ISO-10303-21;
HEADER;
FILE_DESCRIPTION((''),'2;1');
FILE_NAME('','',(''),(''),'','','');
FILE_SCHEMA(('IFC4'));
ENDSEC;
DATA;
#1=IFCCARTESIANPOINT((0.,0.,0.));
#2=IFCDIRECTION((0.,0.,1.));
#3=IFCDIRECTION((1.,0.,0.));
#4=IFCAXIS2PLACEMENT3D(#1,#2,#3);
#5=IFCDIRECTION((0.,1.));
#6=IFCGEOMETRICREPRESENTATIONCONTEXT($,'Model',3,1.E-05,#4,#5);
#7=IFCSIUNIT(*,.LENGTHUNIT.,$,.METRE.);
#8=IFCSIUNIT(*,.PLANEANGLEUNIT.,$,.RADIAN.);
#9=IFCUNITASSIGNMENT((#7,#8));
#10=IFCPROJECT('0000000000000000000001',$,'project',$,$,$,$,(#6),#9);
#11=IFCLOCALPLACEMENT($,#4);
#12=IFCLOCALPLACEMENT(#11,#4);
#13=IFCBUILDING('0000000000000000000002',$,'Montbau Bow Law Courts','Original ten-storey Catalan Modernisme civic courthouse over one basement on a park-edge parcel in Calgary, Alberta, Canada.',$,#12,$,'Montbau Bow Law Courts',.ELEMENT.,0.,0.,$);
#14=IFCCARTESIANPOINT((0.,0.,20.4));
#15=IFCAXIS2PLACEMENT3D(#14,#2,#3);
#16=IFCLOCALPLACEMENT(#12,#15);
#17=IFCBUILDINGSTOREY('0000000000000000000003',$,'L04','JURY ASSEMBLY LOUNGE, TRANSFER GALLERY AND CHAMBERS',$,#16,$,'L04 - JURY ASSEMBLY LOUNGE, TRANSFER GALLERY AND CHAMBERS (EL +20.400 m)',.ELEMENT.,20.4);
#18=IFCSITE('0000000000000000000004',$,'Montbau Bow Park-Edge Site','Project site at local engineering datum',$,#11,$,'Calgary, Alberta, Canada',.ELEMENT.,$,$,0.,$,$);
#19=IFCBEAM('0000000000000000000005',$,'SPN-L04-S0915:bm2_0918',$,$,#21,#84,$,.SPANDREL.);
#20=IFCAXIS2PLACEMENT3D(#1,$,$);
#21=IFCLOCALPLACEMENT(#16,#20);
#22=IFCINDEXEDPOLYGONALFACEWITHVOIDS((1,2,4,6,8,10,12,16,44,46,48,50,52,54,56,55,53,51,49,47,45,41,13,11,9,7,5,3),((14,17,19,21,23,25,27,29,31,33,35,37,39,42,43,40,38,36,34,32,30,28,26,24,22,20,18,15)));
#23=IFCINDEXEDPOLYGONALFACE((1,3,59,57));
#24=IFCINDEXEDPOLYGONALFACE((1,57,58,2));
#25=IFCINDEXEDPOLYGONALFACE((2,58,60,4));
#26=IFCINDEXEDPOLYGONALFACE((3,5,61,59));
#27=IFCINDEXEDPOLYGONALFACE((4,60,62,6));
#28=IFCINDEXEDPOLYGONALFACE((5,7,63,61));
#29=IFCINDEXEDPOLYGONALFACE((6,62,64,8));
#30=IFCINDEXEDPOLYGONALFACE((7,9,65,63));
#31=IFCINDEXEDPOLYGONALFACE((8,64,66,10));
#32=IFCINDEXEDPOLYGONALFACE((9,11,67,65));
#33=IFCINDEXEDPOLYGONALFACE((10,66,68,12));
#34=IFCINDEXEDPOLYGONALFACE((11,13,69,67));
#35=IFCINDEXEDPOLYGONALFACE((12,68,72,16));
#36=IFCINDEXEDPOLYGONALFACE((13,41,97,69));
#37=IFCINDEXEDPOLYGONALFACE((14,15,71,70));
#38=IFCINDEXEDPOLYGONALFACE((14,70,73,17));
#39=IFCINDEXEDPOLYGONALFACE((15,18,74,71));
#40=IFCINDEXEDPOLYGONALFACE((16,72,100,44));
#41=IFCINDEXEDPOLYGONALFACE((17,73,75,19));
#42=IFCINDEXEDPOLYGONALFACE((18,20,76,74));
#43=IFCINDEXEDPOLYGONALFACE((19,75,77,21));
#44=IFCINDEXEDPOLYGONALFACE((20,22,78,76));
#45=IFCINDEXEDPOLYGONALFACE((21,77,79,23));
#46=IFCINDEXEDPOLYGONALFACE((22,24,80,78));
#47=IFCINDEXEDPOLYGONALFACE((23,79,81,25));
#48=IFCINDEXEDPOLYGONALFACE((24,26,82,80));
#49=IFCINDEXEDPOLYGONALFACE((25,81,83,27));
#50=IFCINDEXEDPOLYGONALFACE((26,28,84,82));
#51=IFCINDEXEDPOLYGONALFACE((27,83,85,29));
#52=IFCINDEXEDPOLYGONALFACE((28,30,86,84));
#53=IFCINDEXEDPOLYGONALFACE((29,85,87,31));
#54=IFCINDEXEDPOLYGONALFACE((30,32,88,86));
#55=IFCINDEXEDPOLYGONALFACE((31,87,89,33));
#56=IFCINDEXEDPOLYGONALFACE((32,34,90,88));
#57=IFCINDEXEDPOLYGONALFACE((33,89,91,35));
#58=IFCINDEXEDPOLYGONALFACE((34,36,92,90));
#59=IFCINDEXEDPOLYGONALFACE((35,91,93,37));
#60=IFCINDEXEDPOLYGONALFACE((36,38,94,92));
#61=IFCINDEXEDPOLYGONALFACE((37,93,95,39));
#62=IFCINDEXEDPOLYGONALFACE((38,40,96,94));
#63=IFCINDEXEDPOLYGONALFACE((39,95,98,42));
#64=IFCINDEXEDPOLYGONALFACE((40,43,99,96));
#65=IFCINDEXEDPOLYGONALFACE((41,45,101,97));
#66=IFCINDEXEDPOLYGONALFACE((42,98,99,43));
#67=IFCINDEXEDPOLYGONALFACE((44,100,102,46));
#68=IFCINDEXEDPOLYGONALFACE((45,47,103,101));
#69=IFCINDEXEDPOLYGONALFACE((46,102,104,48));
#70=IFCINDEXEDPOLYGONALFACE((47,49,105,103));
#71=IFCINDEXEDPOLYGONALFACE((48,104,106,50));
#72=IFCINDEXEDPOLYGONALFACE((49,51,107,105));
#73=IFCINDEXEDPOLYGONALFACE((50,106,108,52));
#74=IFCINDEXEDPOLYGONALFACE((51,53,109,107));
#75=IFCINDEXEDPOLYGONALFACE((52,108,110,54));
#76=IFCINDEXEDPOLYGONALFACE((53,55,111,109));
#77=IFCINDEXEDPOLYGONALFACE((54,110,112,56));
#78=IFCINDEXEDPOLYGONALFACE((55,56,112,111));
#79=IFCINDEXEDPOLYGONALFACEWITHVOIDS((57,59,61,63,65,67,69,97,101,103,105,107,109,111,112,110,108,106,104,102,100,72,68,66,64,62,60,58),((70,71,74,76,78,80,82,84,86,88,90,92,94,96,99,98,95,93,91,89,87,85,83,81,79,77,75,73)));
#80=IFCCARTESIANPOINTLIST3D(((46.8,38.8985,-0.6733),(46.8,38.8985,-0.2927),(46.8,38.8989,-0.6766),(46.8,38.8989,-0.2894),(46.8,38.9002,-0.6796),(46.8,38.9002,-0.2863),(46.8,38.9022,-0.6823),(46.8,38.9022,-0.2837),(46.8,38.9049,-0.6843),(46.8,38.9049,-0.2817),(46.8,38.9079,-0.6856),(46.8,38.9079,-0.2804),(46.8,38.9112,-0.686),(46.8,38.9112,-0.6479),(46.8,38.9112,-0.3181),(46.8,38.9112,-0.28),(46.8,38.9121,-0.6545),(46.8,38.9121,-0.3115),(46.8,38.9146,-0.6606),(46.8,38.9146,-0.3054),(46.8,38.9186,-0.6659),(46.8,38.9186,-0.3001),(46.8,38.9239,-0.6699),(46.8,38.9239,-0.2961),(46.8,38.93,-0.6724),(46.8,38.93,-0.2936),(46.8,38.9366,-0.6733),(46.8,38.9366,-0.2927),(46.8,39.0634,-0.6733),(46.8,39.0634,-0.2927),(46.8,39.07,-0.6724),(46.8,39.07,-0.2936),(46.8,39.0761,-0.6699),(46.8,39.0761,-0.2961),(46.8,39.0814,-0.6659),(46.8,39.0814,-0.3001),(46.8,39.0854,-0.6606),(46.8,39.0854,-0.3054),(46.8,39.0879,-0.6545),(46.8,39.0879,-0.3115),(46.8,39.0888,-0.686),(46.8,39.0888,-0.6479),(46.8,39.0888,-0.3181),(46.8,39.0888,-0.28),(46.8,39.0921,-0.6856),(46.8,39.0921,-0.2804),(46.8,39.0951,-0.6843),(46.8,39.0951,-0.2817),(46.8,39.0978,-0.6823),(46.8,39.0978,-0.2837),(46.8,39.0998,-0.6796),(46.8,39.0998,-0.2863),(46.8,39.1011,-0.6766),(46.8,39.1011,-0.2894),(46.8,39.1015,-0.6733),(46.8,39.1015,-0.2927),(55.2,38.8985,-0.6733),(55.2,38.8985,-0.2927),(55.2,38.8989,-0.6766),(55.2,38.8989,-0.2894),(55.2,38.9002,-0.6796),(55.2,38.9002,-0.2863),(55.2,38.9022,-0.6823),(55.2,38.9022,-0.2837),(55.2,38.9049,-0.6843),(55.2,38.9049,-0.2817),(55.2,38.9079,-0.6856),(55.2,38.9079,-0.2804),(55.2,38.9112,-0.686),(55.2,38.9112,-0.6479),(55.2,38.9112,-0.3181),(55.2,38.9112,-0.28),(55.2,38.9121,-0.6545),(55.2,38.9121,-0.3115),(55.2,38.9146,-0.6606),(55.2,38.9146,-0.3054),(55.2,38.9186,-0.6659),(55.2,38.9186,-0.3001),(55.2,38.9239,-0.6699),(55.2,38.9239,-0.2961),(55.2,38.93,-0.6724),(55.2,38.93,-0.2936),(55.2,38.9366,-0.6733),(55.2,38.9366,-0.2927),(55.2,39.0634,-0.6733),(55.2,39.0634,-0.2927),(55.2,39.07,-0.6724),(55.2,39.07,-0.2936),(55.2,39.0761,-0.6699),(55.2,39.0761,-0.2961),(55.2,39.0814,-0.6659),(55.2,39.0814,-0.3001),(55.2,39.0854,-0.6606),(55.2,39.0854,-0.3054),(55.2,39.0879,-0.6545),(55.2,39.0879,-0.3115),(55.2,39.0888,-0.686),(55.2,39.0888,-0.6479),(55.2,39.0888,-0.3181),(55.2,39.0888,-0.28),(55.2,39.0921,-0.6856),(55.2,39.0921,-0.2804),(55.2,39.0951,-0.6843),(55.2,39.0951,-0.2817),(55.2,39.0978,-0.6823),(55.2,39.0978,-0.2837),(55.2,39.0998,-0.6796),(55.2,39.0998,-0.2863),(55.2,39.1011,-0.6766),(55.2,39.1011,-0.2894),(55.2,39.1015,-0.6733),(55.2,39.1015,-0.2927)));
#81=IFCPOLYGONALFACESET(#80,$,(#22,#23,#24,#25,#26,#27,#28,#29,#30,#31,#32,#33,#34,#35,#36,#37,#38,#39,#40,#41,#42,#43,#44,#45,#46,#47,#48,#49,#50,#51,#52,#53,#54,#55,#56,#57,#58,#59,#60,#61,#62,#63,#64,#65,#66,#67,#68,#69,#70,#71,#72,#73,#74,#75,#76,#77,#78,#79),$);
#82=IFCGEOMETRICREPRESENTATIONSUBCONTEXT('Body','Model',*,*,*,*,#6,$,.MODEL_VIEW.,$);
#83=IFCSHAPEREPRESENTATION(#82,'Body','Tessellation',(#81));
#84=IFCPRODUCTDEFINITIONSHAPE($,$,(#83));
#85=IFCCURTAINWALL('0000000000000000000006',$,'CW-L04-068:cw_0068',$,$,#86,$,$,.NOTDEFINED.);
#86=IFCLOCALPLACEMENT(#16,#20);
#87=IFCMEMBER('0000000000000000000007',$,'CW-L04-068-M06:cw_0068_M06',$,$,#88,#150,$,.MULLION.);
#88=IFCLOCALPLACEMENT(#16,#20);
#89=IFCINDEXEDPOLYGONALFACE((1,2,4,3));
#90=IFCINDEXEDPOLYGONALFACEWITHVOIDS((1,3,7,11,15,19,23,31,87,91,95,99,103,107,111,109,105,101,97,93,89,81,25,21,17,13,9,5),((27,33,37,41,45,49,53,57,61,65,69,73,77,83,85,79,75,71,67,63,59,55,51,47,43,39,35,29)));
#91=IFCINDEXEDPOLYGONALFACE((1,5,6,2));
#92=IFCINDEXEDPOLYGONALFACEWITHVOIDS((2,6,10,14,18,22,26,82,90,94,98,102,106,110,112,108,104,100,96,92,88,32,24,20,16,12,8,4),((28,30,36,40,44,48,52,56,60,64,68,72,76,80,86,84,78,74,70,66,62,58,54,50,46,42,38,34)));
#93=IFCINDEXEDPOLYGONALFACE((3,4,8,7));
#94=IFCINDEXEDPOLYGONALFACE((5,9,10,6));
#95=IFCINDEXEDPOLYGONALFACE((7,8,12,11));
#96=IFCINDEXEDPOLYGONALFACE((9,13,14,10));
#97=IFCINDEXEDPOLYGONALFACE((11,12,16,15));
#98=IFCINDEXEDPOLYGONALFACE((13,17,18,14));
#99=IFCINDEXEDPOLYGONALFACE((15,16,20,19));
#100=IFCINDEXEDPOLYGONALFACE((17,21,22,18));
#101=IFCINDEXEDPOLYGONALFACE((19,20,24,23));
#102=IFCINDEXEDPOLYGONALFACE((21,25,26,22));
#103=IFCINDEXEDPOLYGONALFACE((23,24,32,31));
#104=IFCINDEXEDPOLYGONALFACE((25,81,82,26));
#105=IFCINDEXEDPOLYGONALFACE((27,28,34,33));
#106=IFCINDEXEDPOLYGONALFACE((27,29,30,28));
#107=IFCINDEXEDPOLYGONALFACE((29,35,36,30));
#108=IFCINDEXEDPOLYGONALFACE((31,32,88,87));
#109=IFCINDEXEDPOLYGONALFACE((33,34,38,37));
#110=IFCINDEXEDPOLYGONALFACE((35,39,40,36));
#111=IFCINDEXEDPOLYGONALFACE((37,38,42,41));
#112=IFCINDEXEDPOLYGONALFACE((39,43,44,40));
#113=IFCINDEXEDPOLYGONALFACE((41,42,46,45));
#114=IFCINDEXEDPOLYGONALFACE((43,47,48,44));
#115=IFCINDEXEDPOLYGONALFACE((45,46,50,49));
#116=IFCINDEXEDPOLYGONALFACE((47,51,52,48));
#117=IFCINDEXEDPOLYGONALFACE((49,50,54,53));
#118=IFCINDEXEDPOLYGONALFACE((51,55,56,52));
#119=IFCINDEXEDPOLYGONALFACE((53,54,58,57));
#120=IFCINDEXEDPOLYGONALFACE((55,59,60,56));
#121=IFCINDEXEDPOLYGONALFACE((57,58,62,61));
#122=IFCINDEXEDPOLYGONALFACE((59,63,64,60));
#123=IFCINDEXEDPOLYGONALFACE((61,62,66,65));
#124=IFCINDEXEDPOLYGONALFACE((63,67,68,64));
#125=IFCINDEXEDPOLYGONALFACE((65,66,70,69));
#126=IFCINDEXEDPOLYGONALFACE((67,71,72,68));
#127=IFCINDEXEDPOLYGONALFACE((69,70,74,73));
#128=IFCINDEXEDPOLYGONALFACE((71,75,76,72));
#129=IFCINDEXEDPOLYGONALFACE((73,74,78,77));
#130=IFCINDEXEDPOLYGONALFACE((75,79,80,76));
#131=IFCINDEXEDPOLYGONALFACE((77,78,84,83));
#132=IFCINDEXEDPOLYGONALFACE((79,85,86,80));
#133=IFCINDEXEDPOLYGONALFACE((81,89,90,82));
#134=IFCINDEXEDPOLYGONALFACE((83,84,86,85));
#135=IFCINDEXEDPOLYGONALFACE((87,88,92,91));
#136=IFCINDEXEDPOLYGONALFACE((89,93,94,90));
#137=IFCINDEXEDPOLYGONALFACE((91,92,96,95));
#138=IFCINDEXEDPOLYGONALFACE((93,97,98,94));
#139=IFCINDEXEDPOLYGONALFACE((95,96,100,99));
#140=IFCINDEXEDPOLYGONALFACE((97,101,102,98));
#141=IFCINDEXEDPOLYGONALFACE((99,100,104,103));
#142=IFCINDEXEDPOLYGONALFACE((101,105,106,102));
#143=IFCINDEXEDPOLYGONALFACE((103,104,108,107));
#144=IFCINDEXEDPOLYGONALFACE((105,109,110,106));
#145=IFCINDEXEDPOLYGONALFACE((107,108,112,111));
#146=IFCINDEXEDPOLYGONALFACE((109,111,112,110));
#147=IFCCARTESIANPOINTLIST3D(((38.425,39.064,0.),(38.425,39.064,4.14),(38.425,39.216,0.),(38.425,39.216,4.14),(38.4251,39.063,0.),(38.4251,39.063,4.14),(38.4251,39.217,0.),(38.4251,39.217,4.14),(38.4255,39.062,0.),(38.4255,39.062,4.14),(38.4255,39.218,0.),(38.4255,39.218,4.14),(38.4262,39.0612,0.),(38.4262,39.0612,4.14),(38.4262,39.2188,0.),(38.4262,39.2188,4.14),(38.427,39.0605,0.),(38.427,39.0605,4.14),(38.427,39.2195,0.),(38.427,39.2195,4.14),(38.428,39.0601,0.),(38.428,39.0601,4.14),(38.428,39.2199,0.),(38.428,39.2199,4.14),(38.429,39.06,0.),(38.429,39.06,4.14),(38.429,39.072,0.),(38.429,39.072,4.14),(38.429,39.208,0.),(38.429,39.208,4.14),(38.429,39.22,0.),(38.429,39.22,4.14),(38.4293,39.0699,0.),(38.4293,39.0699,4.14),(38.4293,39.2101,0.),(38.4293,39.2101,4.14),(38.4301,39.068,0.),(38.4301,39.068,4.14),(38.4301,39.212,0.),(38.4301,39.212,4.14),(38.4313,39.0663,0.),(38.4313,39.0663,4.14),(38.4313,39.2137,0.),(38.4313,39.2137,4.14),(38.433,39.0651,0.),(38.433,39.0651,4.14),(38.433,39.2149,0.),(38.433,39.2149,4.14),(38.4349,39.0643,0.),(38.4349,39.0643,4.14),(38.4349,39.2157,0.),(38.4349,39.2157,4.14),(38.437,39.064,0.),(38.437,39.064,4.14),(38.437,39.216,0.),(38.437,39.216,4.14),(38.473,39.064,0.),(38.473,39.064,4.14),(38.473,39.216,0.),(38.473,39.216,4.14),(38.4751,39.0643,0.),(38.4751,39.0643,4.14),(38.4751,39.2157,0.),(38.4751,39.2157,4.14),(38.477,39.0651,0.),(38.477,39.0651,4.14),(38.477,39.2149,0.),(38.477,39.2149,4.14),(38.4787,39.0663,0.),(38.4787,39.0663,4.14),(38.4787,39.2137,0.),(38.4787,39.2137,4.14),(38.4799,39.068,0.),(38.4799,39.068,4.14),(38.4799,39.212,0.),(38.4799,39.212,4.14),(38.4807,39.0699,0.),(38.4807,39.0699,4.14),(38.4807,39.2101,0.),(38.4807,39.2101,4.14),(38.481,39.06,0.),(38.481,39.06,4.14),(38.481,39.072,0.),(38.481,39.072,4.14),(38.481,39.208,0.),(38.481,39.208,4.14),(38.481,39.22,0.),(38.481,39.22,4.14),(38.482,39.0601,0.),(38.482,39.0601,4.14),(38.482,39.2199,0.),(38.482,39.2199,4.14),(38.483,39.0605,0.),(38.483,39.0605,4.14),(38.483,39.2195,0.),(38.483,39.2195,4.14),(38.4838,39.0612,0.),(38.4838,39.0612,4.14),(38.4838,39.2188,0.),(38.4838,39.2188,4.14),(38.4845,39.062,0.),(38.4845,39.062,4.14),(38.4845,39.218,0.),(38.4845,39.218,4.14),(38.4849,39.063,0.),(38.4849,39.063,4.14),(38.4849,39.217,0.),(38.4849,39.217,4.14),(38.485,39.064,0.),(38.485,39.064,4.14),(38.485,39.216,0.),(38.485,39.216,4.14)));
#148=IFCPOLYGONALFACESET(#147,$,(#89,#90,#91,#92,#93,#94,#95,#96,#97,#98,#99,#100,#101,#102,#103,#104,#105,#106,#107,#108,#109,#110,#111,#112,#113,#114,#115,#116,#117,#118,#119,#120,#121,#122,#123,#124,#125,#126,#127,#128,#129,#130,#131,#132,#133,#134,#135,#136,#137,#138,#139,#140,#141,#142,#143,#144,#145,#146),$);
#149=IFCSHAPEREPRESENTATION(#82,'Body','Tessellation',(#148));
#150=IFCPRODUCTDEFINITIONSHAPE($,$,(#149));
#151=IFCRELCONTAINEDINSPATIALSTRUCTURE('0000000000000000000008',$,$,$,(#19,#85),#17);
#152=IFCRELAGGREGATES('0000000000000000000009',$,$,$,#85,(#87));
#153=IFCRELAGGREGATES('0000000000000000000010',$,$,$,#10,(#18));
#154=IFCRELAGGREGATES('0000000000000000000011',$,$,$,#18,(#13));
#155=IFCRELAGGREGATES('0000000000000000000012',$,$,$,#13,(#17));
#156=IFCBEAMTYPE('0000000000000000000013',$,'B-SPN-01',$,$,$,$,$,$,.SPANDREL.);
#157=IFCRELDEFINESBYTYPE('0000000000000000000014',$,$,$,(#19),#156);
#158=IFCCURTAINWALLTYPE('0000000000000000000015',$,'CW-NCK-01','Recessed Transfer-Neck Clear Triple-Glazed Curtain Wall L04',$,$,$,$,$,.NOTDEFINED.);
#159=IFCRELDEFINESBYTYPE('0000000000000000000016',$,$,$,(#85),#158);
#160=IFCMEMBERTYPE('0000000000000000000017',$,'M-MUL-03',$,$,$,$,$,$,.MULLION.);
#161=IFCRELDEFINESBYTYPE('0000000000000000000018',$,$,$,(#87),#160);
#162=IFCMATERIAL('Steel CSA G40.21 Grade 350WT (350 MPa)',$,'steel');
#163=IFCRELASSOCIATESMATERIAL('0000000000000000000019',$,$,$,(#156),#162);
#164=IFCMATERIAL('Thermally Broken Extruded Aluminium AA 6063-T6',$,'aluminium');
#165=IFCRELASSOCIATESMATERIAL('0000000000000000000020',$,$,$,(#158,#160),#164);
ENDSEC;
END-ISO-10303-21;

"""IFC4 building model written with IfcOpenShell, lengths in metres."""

from ifc_helpers import new_model, si_unit, direction, frame, origin_with_axes, origin_2d_with_axis, place, context, subcontext, project, spatial, hollow_rectangle, extrude, material, material_profile, profile_set, type_object, element, aggregate, save


model = new_model("IFC4")

# Units and contexts
model_context = context("Model", 3, precision=1e-05, world=origin_with_axes(), true_north=direction((0.0, 1.0)))
body_context = subcontext(model_context, "Body", "Model", "MODEL_VIEW")
ifc_project = project(units=[si_unit("LENGTHUNIT", "METRE"), si_unit("PLANEANGLEUNIT", "RADIAN")], contexts=[model_context])

# Site, building, storey
site_placement = place(None, origin_with_axes())
site = spatial("IfcSite", under=ifc_project, at=site_placement, Name="Montbau Bow Park-Edge Site", Description="Project site at local engineering datum", LongName="Calgary, Alberta, Canada", CompositionType="ELEMENT", RefElevation=0.0)
building_placement = place(site_placement, origin_with_axes())
building = spatial("IfcBuilding", under=site, at=building_placement, Name="Montbau Bow Law Courts", Description="Original ten-storey Catalan Modernisme civic courthouse over one basement on a park-edge parcel in Calgary, Alberta, Canada.", LongName="Montbau Bow Law Courts", CompositionType="ELEMENT", ElevationOfRefHeight=0.0, ElevationOfTerrain=0.0)
storey_placement = place(building_placement, frame((0.0, 0.0, 20.4), z_axis=(0.0, 0.0, 1.0), x_axis=(1.0, 0.0, 0.0)))
storey = spatial("IfcBuildingStorey", under=building, at=storey_placement, Name="L04", Description="JURY ASSEMBLY LOUNGE, TRANSFER GALLERY AND CHAMBERS", LongName="L04 - JURY ASSEMBLY LOUNGE, TRANSFER GALLERY AND CHAMBERS (EL +20.400 m)", CompositionType="ELEMENT", Elevation=20.4)

# Beam
ifc_material_1 = material(Name="Steel CSA G40.21 Grade 350WT (350 MPa)", Category="steel")
ifc_material_profile_1 = material_profile(ifc_material_1, hollow_rectangle(XDim=0.203, YDim=0.406, WallThickness=0.0127, InnerFilletRadius=0.0254, OuterFilletRadius=0.0127, at=origin_2d_with_axis()), Name="HSS406X203X13", Category="Main", Priority=0)
ifc_profile_set_1 = profile_set([ifc_material_profile_1], Name="Steel CSA G40.21 Grade 350WT (350 MPa)")
beam_type_1 = type_object("IfcBeamType", Name="B-SPN-01", PredefinedType="SPANDREL", material=ifc_profile_set_1)
beam_1_placement = place(None, frame((46.8, 39.0, 19.917), z_axis=(1.0, 0.0, 0.0), x_axis=(0.0, 1.0, 0.0)))
element("IfcBeam", 1, at=beam_1_placement, inside=storey, type_object=beam_type_1, Name="SPN-L04-S0915:bm2_0918", PredefinedType="SPANDREL", context=body_context, shape_type="SweptSolid", body=[
    extrude(hollow_rectangle(XDim=0.203, YDim=0.406, WallThickness=0.0127, InnerFilletRadius=0.0254, OuterFilletRadius=0.0127, at=origin_2d_with_axis()), origin_with_axes(), (0.0, 0.0, 1.0), 8.4),
])

# Curtain wall, member
ifc_material_2 = material(Name="Thermally Broken Extruded Aluminium AA 6063-T6", Category="aluminium")
curtain_wall_type = type_object("IfcCurtainWallType", Name="CW-NCK-01", Description="Recessed Transfer-Neck Clear Triple-Glazed Curtain Wall L04", PredefinedType="NOTDEFINED", material=ifc_material_2)
curtain_wall_1_placement = place(None, frame((31.115, 39.14, 20.4), z_axis=(0.0, 0.0, 1.0), x_axis=(1.0, 0.0, 0.0)))
curtain_wall_1 = element("IfcCurtainWall", 2, at=curtain_wall_1_placement, inside=storey, type_object=curtain_wall_type, Name="CW-L04-068:cw_0068", PredefinedType="NOTDEFINED")
ifc_material_profile_2 = material_profile(ifc_material_2, hollow_rectangle(XDim=0.06, YDim=0.16, WallThickness=0.004, InnerFilletRadius=0.008, OuterFilletRadius=0.004, at=origin_2d_with_axis()), Name="CWM-160X60", Category="Main", Priority=0)
ifc_profile_set_2 = profile_set([ifc_material_profile_2], Name="Thermally Broken Extruded Aluminium AA 6063-T6")
member_type_1 = type_object("IfcMemberType", Name="M-MUL-03", PredefinedType="MULLION", material=ifc_profile_set_2)
member_1_placement = place(None, frame((38.455, 39.14, 20.4), z_axis=(0.0, 0.0, 1.0), x_axis=(1.0, 0.0, 0.0)))
member_1 = element("IfcMember", 3, at=member_1_placement, type_object=member_type_1, Name="CW-L04-068-M06:cw_0068_M06", PredefinedType="MULLION", context=body_context, shape_type="SweptSolid", body=[
    extrude(hollow_rectangle(XDim=0.06, YDim=0.16, WallThickness=0.004, InnerFilletRadius=0.008, OuterFilletRadius=0.004, at=origin_2d_with_axis()), origin_with_axes(), (0.0, 0.0, 1.0), 4.14),
])

aggregate(curtain_wall_1, [member_1])

save(model, "model.ifc")
